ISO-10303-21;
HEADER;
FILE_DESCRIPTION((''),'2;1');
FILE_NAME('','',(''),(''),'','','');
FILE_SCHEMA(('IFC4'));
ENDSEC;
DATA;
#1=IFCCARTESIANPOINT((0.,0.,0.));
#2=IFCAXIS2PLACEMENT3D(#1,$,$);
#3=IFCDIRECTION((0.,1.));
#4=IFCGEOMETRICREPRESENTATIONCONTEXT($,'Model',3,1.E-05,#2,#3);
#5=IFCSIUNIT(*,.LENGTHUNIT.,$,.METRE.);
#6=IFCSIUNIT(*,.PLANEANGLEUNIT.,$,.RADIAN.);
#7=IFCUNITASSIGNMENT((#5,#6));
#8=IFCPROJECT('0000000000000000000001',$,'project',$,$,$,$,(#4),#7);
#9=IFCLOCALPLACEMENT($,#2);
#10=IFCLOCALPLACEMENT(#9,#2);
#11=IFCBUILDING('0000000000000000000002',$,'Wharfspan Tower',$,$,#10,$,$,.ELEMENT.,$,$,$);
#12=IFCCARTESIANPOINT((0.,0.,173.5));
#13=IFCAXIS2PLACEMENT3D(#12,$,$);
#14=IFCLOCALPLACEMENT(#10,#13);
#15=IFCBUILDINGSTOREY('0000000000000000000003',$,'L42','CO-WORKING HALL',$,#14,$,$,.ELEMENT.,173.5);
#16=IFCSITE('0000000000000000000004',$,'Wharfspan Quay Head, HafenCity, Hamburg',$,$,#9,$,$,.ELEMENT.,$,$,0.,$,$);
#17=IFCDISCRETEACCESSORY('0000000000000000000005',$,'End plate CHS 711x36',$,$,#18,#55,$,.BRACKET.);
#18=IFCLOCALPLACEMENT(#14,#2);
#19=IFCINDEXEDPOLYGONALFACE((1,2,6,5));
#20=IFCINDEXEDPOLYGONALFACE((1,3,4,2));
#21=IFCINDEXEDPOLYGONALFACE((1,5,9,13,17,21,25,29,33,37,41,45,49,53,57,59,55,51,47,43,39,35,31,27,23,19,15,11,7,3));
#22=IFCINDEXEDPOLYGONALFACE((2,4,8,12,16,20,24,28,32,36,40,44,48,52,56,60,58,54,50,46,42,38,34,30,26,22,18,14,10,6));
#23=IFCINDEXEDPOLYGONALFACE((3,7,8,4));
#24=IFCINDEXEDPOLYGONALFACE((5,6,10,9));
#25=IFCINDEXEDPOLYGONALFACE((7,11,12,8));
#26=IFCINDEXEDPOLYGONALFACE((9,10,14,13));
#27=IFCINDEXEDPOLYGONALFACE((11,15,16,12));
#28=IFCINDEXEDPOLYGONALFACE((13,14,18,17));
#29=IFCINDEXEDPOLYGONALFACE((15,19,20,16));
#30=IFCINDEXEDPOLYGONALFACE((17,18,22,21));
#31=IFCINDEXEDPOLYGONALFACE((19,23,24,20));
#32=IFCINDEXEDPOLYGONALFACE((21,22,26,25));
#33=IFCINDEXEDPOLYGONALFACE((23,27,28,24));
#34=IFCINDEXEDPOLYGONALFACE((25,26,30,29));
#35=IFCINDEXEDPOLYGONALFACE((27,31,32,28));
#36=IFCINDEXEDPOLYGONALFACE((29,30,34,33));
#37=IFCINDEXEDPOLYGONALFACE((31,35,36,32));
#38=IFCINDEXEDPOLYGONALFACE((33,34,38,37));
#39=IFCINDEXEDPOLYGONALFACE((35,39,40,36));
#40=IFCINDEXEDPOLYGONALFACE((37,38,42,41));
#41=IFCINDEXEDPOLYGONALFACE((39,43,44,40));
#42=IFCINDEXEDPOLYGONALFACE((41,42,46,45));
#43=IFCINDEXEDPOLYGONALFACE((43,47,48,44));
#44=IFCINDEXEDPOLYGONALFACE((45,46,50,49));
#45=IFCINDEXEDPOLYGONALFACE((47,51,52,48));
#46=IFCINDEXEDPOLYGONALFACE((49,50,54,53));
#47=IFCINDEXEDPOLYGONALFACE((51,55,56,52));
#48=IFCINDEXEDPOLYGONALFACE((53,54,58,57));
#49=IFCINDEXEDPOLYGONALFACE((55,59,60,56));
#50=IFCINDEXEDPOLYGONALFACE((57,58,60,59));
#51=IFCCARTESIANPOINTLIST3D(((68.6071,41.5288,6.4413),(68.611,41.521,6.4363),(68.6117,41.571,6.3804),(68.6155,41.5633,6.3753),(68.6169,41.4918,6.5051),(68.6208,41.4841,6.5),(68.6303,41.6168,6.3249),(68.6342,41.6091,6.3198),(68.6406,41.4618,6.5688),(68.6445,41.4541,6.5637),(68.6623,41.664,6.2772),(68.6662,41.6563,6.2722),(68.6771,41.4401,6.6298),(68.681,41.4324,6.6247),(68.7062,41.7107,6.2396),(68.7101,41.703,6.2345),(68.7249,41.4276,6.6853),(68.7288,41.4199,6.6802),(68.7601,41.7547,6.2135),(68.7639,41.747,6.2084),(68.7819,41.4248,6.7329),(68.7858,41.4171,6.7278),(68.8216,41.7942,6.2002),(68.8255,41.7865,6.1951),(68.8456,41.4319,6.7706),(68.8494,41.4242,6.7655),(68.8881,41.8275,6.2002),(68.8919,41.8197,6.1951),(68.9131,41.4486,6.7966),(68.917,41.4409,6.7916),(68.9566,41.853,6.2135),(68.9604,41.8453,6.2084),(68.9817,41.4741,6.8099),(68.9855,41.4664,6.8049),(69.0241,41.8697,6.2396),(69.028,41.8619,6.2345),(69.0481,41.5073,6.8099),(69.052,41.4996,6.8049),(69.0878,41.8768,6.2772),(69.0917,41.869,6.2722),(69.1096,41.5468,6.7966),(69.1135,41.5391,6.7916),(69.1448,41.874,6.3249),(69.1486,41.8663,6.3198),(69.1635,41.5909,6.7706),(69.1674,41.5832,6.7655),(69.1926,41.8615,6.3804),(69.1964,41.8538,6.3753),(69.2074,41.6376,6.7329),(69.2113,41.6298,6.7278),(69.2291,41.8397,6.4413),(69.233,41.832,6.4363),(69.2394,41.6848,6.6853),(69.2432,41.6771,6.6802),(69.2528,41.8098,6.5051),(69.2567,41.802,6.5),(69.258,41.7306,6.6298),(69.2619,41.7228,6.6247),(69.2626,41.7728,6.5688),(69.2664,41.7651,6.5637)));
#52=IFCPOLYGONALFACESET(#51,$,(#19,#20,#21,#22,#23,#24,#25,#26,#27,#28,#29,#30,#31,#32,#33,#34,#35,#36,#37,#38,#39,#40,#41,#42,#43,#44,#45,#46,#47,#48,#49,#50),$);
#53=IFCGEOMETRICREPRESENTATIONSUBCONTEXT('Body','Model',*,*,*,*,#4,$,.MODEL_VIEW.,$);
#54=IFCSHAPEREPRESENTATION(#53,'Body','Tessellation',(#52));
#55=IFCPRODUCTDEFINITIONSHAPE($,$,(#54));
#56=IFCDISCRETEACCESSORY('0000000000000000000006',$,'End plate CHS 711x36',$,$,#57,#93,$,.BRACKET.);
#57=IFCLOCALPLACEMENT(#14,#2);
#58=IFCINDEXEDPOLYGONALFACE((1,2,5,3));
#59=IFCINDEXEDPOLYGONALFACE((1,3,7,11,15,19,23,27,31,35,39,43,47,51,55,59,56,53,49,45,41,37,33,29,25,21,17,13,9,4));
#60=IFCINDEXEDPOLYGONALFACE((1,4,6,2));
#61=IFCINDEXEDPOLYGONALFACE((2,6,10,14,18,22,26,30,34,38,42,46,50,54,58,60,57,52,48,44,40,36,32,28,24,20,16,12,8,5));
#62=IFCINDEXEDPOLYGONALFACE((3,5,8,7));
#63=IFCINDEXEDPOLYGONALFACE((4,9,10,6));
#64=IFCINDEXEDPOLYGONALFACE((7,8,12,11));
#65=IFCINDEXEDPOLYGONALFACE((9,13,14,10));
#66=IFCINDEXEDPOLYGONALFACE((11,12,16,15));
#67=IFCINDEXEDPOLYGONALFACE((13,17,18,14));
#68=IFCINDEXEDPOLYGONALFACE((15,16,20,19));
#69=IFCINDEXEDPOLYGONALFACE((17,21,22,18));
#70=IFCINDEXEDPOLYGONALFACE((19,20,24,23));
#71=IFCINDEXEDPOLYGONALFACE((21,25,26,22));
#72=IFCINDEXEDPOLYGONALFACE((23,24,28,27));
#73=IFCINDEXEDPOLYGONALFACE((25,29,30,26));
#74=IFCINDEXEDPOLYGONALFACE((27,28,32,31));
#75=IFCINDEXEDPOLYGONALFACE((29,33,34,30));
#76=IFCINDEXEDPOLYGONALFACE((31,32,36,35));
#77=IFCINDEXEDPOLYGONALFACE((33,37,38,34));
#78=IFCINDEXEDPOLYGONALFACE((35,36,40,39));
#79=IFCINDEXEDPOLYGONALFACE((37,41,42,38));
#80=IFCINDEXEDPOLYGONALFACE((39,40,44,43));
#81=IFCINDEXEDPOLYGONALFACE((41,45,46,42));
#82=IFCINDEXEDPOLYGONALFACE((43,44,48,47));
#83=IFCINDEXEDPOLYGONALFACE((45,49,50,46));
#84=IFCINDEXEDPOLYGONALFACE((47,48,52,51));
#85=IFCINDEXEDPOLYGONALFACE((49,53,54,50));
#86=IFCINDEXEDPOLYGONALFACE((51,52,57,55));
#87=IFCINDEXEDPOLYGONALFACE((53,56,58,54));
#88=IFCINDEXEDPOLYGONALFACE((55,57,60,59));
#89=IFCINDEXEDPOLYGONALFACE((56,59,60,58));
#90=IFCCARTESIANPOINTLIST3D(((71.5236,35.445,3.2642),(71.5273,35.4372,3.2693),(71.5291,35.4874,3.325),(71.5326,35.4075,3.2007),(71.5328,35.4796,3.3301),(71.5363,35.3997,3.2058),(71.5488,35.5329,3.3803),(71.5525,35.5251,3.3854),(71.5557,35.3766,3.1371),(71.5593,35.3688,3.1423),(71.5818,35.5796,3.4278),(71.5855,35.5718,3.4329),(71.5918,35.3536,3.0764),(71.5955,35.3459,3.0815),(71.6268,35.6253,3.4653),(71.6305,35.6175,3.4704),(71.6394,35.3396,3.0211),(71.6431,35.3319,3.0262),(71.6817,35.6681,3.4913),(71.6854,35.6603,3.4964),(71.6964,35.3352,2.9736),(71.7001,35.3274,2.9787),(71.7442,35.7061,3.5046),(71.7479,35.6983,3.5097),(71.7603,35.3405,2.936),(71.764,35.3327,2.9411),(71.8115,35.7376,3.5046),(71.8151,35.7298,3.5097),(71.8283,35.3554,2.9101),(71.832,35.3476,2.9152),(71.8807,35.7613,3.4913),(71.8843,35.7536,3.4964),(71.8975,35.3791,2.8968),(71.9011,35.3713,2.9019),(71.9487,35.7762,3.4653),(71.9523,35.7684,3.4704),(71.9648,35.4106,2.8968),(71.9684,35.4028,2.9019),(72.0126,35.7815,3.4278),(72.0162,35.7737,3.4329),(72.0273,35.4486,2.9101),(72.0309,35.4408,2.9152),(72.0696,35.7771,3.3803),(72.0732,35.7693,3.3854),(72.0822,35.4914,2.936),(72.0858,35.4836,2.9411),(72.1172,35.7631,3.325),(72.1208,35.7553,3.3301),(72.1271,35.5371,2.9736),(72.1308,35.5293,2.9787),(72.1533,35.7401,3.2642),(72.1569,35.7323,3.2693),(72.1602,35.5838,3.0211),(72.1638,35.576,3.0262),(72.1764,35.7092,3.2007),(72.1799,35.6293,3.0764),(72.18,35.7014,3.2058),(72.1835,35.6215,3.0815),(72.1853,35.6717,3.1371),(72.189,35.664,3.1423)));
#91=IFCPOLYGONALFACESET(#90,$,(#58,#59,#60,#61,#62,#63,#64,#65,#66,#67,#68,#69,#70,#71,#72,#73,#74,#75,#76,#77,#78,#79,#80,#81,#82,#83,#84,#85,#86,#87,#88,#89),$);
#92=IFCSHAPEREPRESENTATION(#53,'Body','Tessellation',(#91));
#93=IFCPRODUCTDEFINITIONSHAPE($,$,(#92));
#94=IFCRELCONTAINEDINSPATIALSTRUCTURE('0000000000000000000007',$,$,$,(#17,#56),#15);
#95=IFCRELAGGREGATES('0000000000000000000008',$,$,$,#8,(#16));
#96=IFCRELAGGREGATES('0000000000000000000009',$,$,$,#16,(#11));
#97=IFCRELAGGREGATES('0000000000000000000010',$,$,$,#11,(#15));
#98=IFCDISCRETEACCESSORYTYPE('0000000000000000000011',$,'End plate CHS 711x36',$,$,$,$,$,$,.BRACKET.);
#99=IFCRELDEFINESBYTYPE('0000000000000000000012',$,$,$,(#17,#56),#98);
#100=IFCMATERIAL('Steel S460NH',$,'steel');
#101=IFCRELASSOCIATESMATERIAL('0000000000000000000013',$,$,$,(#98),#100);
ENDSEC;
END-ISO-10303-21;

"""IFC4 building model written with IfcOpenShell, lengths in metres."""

from ifc_helpers import new_model, si_unit, direction, frame, origin, origin_2d, place, context, subcontext, project, spatial, circle, extrude, material, material_profile, profile_set, type_object, element, save


model = new_model("IFC4")

# Units and contexts
model_context = context("Model", 3, precision=1e-05, world=origin(), true_north=direction((0.0, 1.0)))
body_context = subcontext(model_context, "Body", "Model", "MODEL_VIEW")
ifc_project = project(units=[si_unit("LENGTHUNIT", "METRE"), si_unit("PLANEANGLEUNIT", "RADIAN")], contexts=[model_context])

# Site, building, storey
site_placement = place(None, origin())
site = spatial("IfcSite", under=ifc_project, at=site_placement, Name="Wharfspan Quay Head, HafenCity, Hamburg", CompositionType="ELEMENT", RefElevation=0.0)
building_placement = place(site_placement, origin())
building = spatial("IfcBuilding", under=site, at=building_placement, Name="Wharfspan Tower", CompositionType="ELEMENT")
storey_placement = place(building_placement, frame((0.0, 0.0, 173.5)))
storey = spatial("IfcBuildingStorey", under=building, at=storey_placement, Name="L42", Description="CO-WORKING HALL", CompositionType="ELEMENT", Elevation=173.5)

# Shared definitions
ifc_material_1 = material(Name="Steel S460NH", Category="steel")

# Discrete accessories
ifc_material_profile_1 = material_profile(ifc_material_1, circle(Radius=0.3555, at=origin_2d()))
ifc_profile_set_1 = profile_set([ifc_material_profile_1], Name="Steel S460NH")
discrete_accessory_type = type_object("IfcDiscreteAccessoryType", Name="End plate CHS 711x36", PredefinedType="BRACKET", material=ifc_profile_set_1)
for number, where, z_axis, x_axis, name in (
    (1, (68.9387, 41.6431, 6.5), (-0.385682, 0.771364, 0.506208), (-0.894428, -0.447214, 0.0), "End plate CHS 711x36"),
    (2, (71.8545, 35.5583, 3.2007), (0.364878, -0.778407, 0.510829), (0.905462, 0.424435, 0.0), "End plate CHS 711x36"),
):
    element("IfcDiscreteAccessory", number, at=place(storey_placement, frame(where, z_axis=z_axis, x_axis=x_axis)), inside=storey, type_object=discrete_accessory_type, Name=name, PredefinedType="BRACKET", context=body_context, shape_type="SweptSolid", body=[
        extrude(circle(Radius=0.3555, at=origin_2d()), origin(), (0.0, 0.0, 1.0), 0.01),
    ])

save(model, "model.ifc")
